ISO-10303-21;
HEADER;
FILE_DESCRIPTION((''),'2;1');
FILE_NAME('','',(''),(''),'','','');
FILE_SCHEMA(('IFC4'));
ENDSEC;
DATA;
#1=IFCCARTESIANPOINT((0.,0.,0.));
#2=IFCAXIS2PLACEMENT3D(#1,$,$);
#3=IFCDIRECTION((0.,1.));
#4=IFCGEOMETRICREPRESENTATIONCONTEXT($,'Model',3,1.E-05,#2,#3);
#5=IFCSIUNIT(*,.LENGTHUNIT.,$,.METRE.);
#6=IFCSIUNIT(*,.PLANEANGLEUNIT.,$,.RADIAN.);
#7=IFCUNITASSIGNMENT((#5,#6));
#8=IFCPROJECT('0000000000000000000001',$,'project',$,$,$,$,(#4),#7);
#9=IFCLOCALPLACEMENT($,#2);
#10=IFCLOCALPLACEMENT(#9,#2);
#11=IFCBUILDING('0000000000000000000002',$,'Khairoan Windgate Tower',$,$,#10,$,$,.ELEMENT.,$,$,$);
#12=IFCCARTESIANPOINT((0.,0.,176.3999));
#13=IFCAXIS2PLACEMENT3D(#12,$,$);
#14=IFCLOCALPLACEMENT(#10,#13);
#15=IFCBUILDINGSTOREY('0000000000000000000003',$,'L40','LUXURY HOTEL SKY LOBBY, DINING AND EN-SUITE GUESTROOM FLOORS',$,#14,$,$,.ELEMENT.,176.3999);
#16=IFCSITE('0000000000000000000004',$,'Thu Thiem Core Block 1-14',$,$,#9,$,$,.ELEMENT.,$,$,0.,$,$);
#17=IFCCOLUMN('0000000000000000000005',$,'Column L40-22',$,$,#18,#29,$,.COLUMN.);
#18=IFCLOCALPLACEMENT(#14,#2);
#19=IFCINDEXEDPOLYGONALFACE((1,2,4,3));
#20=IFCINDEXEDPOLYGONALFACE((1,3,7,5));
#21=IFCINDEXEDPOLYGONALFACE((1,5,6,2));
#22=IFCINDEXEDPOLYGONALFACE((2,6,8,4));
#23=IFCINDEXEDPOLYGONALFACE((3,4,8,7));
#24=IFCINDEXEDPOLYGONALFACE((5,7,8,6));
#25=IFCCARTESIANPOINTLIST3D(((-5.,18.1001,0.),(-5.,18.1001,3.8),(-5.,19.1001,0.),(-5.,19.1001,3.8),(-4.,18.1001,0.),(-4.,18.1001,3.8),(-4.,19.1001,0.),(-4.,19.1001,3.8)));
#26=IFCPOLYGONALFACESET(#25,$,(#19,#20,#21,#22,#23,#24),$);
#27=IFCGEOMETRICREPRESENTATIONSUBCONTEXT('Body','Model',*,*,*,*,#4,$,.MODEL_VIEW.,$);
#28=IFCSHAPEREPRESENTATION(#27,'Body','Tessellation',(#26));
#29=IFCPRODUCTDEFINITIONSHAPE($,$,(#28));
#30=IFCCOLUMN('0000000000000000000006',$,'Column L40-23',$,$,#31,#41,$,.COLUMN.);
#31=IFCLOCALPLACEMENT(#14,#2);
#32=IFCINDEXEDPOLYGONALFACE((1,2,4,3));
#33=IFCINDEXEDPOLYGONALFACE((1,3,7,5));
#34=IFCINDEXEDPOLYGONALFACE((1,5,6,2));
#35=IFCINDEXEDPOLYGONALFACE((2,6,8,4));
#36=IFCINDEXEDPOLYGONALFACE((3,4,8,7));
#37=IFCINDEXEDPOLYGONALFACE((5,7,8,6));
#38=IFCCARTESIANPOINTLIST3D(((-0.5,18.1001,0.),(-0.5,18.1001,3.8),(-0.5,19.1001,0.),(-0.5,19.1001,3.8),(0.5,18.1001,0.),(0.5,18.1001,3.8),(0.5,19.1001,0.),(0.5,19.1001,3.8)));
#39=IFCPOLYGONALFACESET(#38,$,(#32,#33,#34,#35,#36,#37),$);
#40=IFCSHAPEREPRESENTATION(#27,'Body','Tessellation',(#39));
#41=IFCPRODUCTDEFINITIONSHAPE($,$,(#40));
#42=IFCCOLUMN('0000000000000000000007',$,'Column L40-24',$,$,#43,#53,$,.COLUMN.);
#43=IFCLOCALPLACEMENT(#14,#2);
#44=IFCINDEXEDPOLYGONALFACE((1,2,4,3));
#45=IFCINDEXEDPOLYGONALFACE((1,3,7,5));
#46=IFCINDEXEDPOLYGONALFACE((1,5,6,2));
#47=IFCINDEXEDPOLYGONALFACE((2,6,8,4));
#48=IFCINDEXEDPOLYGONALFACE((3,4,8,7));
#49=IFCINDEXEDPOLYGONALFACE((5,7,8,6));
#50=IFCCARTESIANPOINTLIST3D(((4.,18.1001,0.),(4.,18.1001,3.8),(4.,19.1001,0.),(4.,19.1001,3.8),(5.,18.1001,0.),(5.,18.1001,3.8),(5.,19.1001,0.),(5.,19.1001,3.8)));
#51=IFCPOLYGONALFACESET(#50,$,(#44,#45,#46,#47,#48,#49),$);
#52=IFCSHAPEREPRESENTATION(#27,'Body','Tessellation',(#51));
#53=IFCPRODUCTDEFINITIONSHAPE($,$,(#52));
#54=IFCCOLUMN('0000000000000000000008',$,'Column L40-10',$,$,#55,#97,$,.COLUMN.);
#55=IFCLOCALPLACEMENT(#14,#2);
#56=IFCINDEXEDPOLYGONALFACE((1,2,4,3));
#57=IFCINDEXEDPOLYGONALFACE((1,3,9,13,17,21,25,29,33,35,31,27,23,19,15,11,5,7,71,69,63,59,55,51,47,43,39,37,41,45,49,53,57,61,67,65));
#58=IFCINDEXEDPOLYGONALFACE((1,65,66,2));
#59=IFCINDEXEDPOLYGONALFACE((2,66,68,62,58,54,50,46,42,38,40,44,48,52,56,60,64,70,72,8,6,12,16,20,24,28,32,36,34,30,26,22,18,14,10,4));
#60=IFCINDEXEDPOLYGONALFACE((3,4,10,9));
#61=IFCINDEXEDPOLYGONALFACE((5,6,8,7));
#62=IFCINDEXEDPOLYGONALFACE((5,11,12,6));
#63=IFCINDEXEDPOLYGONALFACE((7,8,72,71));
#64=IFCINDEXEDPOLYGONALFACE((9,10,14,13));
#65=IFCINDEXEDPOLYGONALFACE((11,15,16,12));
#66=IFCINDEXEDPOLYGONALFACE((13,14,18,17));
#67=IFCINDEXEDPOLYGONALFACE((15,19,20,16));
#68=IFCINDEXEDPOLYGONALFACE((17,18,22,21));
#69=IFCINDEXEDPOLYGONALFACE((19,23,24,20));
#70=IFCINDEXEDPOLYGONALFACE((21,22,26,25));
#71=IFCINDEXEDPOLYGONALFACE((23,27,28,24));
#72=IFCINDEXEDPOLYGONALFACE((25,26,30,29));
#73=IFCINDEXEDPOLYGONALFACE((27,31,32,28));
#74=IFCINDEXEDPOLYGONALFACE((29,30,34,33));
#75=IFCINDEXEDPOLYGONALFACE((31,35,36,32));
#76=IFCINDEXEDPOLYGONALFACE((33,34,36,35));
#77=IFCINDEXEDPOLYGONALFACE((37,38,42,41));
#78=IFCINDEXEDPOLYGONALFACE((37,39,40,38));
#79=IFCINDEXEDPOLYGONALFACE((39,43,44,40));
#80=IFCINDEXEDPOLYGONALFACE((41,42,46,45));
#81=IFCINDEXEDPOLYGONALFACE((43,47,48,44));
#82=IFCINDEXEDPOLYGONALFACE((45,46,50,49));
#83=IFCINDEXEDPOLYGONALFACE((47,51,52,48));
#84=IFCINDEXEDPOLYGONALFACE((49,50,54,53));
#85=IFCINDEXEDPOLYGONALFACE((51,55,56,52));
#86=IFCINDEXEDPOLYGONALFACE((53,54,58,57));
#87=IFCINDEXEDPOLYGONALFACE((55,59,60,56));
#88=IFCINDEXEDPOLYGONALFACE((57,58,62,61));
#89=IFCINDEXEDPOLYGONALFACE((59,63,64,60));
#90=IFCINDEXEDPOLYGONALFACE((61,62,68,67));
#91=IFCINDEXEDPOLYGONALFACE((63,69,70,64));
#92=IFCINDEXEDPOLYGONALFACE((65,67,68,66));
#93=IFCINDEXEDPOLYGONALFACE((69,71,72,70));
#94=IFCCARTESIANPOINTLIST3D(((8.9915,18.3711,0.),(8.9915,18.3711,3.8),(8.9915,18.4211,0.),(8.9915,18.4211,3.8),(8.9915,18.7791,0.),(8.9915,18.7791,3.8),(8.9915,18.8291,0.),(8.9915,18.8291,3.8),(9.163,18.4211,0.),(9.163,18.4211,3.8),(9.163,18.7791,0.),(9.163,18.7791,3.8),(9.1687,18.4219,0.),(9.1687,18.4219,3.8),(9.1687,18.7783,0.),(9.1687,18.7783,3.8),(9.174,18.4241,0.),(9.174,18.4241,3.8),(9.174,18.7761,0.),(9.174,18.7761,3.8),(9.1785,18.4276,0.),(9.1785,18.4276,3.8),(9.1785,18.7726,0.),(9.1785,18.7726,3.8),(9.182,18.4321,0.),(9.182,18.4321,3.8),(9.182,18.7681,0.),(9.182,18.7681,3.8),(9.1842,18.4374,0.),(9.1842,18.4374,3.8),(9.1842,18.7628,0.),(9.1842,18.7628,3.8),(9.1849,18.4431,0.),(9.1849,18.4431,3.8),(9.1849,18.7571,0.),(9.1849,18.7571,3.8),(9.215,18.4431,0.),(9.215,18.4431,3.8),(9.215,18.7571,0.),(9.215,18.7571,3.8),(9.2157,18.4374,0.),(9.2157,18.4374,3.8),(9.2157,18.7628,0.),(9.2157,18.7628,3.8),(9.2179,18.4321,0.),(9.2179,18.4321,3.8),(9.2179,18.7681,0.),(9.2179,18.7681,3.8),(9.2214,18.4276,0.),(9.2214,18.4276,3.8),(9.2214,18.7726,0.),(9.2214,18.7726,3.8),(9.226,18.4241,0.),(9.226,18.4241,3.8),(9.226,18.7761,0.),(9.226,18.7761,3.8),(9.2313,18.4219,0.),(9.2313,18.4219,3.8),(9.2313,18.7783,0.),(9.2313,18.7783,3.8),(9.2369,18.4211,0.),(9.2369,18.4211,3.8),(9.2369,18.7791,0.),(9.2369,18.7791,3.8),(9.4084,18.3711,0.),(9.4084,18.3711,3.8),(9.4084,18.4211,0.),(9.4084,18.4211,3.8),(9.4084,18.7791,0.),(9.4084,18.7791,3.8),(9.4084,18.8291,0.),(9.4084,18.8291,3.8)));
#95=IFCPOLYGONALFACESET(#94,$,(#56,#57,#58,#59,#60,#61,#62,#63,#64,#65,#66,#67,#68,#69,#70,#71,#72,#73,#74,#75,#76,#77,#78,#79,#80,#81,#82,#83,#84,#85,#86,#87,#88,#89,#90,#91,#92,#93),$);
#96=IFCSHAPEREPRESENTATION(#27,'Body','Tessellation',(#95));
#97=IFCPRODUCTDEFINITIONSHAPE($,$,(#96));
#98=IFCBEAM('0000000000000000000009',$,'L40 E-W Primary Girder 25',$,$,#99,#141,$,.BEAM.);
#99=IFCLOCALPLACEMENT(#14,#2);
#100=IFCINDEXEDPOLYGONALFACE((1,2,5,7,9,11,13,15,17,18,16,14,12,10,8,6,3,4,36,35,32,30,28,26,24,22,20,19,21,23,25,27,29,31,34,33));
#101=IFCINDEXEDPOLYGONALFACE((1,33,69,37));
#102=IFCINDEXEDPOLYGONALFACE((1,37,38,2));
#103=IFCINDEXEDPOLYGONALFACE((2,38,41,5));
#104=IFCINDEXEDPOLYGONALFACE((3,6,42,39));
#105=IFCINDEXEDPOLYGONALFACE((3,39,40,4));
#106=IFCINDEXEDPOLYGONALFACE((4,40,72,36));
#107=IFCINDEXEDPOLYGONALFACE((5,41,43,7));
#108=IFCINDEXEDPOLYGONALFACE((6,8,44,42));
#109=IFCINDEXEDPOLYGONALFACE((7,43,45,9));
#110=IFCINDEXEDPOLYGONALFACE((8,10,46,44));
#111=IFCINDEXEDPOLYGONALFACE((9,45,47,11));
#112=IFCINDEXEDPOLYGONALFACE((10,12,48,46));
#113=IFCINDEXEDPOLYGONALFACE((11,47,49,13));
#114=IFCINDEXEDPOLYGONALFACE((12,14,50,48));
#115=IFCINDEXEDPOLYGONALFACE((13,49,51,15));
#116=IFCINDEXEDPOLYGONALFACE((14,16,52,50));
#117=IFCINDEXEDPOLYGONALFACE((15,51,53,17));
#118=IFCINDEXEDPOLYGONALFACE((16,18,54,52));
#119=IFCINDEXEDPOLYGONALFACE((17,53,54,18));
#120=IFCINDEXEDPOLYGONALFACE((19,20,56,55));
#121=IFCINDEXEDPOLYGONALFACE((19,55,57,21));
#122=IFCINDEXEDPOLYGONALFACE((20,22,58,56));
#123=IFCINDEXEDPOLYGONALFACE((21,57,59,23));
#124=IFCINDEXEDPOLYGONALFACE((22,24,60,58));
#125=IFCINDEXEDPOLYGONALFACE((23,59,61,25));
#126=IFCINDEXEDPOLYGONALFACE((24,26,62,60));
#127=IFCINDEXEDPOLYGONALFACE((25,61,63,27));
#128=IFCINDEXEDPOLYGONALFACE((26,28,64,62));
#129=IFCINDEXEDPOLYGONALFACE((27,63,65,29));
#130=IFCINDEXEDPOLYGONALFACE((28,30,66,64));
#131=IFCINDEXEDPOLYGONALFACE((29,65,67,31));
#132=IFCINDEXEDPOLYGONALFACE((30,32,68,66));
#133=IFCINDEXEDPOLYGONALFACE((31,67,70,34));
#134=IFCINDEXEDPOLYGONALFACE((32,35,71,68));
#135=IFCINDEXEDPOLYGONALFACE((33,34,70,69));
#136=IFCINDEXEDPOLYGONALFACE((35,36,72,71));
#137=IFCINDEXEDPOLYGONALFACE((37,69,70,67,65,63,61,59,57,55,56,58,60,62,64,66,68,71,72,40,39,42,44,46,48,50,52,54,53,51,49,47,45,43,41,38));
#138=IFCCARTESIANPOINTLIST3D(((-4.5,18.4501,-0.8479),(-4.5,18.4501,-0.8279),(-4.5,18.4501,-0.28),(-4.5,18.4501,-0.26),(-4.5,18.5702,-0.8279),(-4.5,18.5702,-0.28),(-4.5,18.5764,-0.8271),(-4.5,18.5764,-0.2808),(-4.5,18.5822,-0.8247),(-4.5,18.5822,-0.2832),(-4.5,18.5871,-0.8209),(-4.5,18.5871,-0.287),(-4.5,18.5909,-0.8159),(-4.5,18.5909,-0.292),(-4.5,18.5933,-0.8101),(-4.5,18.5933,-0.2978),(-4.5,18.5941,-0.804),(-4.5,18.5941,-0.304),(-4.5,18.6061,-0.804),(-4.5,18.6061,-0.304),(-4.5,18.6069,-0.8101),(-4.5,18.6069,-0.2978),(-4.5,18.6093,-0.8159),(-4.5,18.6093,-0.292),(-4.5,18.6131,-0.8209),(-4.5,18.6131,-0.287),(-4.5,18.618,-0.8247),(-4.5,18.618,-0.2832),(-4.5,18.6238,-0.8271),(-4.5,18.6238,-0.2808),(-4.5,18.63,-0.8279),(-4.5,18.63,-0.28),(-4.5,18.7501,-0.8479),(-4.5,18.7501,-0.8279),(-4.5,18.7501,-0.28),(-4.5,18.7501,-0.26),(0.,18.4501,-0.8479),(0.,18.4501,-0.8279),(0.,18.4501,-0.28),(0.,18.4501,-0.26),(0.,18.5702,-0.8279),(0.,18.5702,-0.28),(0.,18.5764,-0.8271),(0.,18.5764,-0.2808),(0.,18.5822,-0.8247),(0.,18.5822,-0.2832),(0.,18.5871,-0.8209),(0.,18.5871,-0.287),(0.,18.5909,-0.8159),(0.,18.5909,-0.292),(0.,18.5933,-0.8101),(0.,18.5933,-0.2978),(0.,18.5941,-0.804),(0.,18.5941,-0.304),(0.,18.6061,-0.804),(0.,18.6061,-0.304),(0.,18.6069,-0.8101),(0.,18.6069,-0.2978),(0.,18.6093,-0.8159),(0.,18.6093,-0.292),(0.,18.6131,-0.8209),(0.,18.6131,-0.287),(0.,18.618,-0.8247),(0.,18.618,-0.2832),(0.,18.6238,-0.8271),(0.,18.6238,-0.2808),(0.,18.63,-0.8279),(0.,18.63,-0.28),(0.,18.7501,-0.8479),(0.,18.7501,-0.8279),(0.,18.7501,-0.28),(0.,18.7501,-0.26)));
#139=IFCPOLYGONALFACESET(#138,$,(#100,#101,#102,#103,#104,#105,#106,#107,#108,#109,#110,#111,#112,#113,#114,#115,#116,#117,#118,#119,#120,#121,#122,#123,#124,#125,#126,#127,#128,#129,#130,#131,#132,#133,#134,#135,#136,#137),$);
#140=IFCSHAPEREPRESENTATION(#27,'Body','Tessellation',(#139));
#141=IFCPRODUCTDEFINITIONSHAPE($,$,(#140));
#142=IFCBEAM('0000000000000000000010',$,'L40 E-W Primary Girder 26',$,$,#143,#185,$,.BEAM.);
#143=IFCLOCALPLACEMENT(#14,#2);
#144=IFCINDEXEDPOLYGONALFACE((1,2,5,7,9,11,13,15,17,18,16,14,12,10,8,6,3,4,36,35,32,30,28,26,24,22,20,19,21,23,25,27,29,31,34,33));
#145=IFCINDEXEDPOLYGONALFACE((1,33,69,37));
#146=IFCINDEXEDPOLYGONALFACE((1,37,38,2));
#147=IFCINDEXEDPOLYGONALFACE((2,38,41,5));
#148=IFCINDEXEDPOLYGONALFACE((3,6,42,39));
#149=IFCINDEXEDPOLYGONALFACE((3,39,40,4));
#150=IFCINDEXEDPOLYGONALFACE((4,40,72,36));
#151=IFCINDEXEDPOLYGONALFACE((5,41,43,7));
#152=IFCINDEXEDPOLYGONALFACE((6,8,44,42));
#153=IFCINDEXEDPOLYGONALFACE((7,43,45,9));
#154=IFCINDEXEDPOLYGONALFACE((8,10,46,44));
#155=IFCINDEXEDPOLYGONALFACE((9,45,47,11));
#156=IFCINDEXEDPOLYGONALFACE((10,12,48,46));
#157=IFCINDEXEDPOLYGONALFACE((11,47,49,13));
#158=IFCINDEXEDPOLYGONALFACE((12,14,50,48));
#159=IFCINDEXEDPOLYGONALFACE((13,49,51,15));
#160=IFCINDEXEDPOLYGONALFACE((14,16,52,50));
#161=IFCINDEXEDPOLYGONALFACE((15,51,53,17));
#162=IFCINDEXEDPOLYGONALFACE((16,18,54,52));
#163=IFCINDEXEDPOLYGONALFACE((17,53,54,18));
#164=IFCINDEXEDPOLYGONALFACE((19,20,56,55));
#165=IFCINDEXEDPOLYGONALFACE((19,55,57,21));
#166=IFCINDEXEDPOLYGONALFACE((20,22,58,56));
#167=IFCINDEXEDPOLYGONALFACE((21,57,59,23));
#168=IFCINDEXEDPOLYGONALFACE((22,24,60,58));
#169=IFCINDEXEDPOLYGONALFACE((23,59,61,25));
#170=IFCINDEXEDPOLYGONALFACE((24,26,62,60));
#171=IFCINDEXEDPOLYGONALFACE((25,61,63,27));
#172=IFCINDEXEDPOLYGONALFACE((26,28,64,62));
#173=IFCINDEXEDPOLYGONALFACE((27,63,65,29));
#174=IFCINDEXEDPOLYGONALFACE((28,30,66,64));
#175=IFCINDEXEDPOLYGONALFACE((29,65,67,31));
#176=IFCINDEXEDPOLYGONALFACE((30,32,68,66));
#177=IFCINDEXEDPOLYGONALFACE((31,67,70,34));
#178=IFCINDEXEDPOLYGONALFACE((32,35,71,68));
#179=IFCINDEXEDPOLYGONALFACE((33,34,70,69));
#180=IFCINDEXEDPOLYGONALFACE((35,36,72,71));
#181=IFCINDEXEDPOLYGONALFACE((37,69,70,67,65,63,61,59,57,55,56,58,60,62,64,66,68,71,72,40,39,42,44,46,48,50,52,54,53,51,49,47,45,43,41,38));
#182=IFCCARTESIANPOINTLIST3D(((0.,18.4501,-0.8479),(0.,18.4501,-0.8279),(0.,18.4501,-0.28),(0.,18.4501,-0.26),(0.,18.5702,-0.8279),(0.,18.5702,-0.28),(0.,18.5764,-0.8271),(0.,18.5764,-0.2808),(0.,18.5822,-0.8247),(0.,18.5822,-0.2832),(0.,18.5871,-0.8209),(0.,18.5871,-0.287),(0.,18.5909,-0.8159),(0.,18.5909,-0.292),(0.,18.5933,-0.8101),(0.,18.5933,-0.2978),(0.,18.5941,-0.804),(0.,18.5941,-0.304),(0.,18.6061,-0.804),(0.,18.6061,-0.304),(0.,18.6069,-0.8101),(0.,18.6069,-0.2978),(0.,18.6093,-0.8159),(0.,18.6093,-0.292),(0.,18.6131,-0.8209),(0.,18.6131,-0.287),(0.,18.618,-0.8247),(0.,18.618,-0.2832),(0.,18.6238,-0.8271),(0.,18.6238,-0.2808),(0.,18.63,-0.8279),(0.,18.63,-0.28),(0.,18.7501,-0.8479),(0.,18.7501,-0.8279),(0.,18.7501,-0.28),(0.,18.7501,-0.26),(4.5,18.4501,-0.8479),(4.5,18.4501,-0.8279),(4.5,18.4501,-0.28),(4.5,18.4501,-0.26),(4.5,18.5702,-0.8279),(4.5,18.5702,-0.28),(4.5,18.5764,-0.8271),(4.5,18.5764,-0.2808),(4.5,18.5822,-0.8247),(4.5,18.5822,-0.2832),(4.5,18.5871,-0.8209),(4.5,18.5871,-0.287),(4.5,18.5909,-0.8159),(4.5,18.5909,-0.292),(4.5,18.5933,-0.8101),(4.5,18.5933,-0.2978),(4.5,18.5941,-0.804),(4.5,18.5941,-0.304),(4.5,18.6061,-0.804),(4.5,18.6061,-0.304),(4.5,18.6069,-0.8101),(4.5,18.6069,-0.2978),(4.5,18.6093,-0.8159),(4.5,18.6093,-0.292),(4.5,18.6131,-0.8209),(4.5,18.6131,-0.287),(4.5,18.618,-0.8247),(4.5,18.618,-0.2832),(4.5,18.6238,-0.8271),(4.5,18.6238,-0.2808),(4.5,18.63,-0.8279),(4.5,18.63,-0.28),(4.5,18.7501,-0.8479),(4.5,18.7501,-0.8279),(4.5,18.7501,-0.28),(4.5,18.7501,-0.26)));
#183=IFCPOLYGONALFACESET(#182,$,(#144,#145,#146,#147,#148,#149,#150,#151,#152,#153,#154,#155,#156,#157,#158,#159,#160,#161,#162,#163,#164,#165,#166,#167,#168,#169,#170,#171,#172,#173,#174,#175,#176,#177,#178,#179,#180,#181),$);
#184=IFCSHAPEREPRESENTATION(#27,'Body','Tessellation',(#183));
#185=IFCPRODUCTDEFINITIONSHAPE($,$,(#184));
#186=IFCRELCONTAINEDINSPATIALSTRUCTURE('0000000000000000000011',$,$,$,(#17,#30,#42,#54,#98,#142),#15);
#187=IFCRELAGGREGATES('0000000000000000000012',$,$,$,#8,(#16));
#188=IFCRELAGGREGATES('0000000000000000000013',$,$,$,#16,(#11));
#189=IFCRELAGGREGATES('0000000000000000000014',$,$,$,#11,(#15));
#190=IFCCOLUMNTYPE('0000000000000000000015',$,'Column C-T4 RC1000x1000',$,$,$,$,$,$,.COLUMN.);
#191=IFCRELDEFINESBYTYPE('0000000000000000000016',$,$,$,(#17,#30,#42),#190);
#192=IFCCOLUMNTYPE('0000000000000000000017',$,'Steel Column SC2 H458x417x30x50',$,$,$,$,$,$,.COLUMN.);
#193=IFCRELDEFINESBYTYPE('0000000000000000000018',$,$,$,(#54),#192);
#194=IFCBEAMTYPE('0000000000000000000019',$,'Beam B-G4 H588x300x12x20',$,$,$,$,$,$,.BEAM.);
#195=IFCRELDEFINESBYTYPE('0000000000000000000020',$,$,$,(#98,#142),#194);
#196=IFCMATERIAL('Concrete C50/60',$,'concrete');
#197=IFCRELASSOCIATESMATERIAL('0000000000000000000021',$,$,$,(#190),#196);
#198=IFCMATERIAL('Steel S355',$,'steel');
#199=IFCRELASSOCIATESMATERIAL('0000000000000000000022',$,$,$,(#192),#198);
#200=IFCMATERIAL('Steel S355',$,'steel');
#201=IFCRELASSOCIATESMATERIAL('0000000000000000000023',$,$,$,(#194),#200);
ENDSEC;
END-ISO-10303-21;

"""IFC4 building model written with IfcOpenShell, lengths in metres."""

from ifc_helpers import new_model, si_unit, direction, frame, origin, origin_2d, place, context, subcontext, project, spatial, rectangle, i_section, extrude, material, material_profile, profile_set, type_object, element, save


model = new_model("IFC4")

# Units and contexts
model_context = context("Model", 3, precision=1e-05, world=origin(), true_north=direction((0.0, 1.0)))
body_context = subcontext(model_context, "Body", "Model", "MODEL_VIEW")
ifc_project = project(units=[si_unit("LENGTHUNIT", "METRE"), si_unit("PLANEANGLEUNIT", "RADIAN")], contexts=[model_context])

# Site, building, storey
site_placement = place(None, origin())
site = spatial("IfcSite", under=ifc_project, at=site_placement, Name="Thu Thiem Core Block 1-14", CompositionType="ELEMENT", RefElevation=0.0)
building_placement = place(site_placement, origin())
building = spatial("IfcBuilding", under=site, at=building_placement, Name="Khairoan Windgate Tower", CompositionType="ELEMENT")
storey_placement = place(building_placement, frame((0.0, 0.0, 176.3999)))
storey = spatial("IfcBuildingStorey", under=building, at=storey_placement, Name="L40", Description="LUXURY HOTEL SKY LOBBY, DINING AND EN-SUITE GUESTROOM FLOORS", CompositionType="ELEMENT", Elevation=176.3999)

# Columns
ifc_material_1 = material(Name="Concrete C50/60", Category="concrete")
ifc_material_profile_1 = material_profile(ifc_material_1, rectangle(XDim=1.0, YDim=1.0, at=origin_2d()))
ifc_profile_set_1 = profile_set([ifc_material_profile_1], Name="Concrete C50/60")
column_type_1 = type_object("IfcColumnType", Name="Column C-T4 RC1000x1000", PredefinedType="COLUMN", material=ifc_profile_set_1)
for number, where, z_axis, x_axis, name in (
    (1, (-4.5, 18.6001, 0.0), (0.0, 0.0, 1.0), (1.0, 0.0, 0.0), "Column L40-22"),
    (2, (0.0, 18.6001, 0.0), (0.0, 0.0, 1.0), (1.0, 0.0, 0.0), "Column L40-23"),
    (3, (4.5, 18.6001, 0.0), (0.0, 0.0, 1.0), (1.0, 0.0, 0.0), "Column L40-24"),
):
    element("IfcColumn", number, at=place(storey_placement, frame(where, z_axis=z_axis, x_axis=x_axis)), inside=storey, type_object=column_type_1, Name=name, PredefinedType="COLUMN", context=body_context, shape_type="SweptSolid", body=[
        extrude(rectangle(XDim=1.0, YDim=1.0, at=origin_2d()), origin(), (0.0, 0.0, 1.0), 3.8),
    ])
ifc_material_2 = material(Name="Steel S355", Category="steel")
ifc_material_profile_2 = material_profile(ifc_material_2, i_section(OverallWidth=0.417, OverallDepth=0.458, WebThickness=0.03, FlangeThickness=0.05, FilletRadius=0.022, at=origin_2d()))
ifc_profile_set_2 = profile_set([ifc_material_profile_2], Name="Steel S355")
column_type_2 = type_object("IfcColumnType", Name="Steel Column SC2 H458x417x30x50", PredefinedType="COLUMN", material=ifc_profile_set_2)
column_placement = place(storey_placement, frame((9.2, 18.6001, 0.0), z_axis=(0.0, 0.0, 1.0), x_axis=(1.0, 0.0, 0.0)))
element("IfcColumn", 4, at=column_placement, inside=storey, type_object=column_type_2, Name="Column L40-10", PredefinedType="COLUMN", context=body_context, shape_type="SweptSolid", body=[
    extrude(i_section(OverallWidth=0.417, OverallDepth=0.458, WebThickness=0.03, FlangeThickness=0.05, FilletRadius=0.022, at=origin_2d()), origin(), (0.0, 0.0, 1.0), 3.8),
])

# Beams
ifc_material_3 = material(Name="Steel S355", Category="steel")
ifc_material_profile_3 = material_profile(ifc_material_3, i_section(OverallWidth=0.3, OverallDepth=0.5879, WebThickness=0.012, FlangeThickness=0.02, FilletRadius=0.0239, at=origin_2d()))
ifc_profile_set_3 = profile_set([ifc_material_profile_3], Name="Steel S355")
beam_type = type_object("IfcBeamType", Name="Beam B-G4 H588x300x12x20", PredefinedType="BEAM", material=ifc_profile_set_3)
for number, where, z_axis, x_axis, name in (
    (5, (-4.5, 18.6001, -0.554), (1.0, 0.0, 0.0), (0.0, 1.0, 0.0), "L40 E-W Primary Girder 25"),
    (6, (0.0, 18.6001, -0.554), (1.0, 0.0, 0.0), (0.0, 1.0, 0.0), "L40 E-W Primary Girder 26"),
):
    element("IfcBeam", number, at=place(storey_placement, frame(where, z_axis=z_axis, x_axis=x_axis)), inside=storey, type_object=beam_type, Name=name, PredefinedType="BEAM", context=body_context, shape_type="SweptSolid", body=[
        extrude(i_section(OverallWidth=0.3, OverallDepth=0.5879, WebThickness=0.012, FlangeThickness=0.02, FilletRadius=0.0239, at=origin_2d()), origin(), (0.0, 0.0, 1.0), 4.5),
    ])

save(model, "model.ifc")
